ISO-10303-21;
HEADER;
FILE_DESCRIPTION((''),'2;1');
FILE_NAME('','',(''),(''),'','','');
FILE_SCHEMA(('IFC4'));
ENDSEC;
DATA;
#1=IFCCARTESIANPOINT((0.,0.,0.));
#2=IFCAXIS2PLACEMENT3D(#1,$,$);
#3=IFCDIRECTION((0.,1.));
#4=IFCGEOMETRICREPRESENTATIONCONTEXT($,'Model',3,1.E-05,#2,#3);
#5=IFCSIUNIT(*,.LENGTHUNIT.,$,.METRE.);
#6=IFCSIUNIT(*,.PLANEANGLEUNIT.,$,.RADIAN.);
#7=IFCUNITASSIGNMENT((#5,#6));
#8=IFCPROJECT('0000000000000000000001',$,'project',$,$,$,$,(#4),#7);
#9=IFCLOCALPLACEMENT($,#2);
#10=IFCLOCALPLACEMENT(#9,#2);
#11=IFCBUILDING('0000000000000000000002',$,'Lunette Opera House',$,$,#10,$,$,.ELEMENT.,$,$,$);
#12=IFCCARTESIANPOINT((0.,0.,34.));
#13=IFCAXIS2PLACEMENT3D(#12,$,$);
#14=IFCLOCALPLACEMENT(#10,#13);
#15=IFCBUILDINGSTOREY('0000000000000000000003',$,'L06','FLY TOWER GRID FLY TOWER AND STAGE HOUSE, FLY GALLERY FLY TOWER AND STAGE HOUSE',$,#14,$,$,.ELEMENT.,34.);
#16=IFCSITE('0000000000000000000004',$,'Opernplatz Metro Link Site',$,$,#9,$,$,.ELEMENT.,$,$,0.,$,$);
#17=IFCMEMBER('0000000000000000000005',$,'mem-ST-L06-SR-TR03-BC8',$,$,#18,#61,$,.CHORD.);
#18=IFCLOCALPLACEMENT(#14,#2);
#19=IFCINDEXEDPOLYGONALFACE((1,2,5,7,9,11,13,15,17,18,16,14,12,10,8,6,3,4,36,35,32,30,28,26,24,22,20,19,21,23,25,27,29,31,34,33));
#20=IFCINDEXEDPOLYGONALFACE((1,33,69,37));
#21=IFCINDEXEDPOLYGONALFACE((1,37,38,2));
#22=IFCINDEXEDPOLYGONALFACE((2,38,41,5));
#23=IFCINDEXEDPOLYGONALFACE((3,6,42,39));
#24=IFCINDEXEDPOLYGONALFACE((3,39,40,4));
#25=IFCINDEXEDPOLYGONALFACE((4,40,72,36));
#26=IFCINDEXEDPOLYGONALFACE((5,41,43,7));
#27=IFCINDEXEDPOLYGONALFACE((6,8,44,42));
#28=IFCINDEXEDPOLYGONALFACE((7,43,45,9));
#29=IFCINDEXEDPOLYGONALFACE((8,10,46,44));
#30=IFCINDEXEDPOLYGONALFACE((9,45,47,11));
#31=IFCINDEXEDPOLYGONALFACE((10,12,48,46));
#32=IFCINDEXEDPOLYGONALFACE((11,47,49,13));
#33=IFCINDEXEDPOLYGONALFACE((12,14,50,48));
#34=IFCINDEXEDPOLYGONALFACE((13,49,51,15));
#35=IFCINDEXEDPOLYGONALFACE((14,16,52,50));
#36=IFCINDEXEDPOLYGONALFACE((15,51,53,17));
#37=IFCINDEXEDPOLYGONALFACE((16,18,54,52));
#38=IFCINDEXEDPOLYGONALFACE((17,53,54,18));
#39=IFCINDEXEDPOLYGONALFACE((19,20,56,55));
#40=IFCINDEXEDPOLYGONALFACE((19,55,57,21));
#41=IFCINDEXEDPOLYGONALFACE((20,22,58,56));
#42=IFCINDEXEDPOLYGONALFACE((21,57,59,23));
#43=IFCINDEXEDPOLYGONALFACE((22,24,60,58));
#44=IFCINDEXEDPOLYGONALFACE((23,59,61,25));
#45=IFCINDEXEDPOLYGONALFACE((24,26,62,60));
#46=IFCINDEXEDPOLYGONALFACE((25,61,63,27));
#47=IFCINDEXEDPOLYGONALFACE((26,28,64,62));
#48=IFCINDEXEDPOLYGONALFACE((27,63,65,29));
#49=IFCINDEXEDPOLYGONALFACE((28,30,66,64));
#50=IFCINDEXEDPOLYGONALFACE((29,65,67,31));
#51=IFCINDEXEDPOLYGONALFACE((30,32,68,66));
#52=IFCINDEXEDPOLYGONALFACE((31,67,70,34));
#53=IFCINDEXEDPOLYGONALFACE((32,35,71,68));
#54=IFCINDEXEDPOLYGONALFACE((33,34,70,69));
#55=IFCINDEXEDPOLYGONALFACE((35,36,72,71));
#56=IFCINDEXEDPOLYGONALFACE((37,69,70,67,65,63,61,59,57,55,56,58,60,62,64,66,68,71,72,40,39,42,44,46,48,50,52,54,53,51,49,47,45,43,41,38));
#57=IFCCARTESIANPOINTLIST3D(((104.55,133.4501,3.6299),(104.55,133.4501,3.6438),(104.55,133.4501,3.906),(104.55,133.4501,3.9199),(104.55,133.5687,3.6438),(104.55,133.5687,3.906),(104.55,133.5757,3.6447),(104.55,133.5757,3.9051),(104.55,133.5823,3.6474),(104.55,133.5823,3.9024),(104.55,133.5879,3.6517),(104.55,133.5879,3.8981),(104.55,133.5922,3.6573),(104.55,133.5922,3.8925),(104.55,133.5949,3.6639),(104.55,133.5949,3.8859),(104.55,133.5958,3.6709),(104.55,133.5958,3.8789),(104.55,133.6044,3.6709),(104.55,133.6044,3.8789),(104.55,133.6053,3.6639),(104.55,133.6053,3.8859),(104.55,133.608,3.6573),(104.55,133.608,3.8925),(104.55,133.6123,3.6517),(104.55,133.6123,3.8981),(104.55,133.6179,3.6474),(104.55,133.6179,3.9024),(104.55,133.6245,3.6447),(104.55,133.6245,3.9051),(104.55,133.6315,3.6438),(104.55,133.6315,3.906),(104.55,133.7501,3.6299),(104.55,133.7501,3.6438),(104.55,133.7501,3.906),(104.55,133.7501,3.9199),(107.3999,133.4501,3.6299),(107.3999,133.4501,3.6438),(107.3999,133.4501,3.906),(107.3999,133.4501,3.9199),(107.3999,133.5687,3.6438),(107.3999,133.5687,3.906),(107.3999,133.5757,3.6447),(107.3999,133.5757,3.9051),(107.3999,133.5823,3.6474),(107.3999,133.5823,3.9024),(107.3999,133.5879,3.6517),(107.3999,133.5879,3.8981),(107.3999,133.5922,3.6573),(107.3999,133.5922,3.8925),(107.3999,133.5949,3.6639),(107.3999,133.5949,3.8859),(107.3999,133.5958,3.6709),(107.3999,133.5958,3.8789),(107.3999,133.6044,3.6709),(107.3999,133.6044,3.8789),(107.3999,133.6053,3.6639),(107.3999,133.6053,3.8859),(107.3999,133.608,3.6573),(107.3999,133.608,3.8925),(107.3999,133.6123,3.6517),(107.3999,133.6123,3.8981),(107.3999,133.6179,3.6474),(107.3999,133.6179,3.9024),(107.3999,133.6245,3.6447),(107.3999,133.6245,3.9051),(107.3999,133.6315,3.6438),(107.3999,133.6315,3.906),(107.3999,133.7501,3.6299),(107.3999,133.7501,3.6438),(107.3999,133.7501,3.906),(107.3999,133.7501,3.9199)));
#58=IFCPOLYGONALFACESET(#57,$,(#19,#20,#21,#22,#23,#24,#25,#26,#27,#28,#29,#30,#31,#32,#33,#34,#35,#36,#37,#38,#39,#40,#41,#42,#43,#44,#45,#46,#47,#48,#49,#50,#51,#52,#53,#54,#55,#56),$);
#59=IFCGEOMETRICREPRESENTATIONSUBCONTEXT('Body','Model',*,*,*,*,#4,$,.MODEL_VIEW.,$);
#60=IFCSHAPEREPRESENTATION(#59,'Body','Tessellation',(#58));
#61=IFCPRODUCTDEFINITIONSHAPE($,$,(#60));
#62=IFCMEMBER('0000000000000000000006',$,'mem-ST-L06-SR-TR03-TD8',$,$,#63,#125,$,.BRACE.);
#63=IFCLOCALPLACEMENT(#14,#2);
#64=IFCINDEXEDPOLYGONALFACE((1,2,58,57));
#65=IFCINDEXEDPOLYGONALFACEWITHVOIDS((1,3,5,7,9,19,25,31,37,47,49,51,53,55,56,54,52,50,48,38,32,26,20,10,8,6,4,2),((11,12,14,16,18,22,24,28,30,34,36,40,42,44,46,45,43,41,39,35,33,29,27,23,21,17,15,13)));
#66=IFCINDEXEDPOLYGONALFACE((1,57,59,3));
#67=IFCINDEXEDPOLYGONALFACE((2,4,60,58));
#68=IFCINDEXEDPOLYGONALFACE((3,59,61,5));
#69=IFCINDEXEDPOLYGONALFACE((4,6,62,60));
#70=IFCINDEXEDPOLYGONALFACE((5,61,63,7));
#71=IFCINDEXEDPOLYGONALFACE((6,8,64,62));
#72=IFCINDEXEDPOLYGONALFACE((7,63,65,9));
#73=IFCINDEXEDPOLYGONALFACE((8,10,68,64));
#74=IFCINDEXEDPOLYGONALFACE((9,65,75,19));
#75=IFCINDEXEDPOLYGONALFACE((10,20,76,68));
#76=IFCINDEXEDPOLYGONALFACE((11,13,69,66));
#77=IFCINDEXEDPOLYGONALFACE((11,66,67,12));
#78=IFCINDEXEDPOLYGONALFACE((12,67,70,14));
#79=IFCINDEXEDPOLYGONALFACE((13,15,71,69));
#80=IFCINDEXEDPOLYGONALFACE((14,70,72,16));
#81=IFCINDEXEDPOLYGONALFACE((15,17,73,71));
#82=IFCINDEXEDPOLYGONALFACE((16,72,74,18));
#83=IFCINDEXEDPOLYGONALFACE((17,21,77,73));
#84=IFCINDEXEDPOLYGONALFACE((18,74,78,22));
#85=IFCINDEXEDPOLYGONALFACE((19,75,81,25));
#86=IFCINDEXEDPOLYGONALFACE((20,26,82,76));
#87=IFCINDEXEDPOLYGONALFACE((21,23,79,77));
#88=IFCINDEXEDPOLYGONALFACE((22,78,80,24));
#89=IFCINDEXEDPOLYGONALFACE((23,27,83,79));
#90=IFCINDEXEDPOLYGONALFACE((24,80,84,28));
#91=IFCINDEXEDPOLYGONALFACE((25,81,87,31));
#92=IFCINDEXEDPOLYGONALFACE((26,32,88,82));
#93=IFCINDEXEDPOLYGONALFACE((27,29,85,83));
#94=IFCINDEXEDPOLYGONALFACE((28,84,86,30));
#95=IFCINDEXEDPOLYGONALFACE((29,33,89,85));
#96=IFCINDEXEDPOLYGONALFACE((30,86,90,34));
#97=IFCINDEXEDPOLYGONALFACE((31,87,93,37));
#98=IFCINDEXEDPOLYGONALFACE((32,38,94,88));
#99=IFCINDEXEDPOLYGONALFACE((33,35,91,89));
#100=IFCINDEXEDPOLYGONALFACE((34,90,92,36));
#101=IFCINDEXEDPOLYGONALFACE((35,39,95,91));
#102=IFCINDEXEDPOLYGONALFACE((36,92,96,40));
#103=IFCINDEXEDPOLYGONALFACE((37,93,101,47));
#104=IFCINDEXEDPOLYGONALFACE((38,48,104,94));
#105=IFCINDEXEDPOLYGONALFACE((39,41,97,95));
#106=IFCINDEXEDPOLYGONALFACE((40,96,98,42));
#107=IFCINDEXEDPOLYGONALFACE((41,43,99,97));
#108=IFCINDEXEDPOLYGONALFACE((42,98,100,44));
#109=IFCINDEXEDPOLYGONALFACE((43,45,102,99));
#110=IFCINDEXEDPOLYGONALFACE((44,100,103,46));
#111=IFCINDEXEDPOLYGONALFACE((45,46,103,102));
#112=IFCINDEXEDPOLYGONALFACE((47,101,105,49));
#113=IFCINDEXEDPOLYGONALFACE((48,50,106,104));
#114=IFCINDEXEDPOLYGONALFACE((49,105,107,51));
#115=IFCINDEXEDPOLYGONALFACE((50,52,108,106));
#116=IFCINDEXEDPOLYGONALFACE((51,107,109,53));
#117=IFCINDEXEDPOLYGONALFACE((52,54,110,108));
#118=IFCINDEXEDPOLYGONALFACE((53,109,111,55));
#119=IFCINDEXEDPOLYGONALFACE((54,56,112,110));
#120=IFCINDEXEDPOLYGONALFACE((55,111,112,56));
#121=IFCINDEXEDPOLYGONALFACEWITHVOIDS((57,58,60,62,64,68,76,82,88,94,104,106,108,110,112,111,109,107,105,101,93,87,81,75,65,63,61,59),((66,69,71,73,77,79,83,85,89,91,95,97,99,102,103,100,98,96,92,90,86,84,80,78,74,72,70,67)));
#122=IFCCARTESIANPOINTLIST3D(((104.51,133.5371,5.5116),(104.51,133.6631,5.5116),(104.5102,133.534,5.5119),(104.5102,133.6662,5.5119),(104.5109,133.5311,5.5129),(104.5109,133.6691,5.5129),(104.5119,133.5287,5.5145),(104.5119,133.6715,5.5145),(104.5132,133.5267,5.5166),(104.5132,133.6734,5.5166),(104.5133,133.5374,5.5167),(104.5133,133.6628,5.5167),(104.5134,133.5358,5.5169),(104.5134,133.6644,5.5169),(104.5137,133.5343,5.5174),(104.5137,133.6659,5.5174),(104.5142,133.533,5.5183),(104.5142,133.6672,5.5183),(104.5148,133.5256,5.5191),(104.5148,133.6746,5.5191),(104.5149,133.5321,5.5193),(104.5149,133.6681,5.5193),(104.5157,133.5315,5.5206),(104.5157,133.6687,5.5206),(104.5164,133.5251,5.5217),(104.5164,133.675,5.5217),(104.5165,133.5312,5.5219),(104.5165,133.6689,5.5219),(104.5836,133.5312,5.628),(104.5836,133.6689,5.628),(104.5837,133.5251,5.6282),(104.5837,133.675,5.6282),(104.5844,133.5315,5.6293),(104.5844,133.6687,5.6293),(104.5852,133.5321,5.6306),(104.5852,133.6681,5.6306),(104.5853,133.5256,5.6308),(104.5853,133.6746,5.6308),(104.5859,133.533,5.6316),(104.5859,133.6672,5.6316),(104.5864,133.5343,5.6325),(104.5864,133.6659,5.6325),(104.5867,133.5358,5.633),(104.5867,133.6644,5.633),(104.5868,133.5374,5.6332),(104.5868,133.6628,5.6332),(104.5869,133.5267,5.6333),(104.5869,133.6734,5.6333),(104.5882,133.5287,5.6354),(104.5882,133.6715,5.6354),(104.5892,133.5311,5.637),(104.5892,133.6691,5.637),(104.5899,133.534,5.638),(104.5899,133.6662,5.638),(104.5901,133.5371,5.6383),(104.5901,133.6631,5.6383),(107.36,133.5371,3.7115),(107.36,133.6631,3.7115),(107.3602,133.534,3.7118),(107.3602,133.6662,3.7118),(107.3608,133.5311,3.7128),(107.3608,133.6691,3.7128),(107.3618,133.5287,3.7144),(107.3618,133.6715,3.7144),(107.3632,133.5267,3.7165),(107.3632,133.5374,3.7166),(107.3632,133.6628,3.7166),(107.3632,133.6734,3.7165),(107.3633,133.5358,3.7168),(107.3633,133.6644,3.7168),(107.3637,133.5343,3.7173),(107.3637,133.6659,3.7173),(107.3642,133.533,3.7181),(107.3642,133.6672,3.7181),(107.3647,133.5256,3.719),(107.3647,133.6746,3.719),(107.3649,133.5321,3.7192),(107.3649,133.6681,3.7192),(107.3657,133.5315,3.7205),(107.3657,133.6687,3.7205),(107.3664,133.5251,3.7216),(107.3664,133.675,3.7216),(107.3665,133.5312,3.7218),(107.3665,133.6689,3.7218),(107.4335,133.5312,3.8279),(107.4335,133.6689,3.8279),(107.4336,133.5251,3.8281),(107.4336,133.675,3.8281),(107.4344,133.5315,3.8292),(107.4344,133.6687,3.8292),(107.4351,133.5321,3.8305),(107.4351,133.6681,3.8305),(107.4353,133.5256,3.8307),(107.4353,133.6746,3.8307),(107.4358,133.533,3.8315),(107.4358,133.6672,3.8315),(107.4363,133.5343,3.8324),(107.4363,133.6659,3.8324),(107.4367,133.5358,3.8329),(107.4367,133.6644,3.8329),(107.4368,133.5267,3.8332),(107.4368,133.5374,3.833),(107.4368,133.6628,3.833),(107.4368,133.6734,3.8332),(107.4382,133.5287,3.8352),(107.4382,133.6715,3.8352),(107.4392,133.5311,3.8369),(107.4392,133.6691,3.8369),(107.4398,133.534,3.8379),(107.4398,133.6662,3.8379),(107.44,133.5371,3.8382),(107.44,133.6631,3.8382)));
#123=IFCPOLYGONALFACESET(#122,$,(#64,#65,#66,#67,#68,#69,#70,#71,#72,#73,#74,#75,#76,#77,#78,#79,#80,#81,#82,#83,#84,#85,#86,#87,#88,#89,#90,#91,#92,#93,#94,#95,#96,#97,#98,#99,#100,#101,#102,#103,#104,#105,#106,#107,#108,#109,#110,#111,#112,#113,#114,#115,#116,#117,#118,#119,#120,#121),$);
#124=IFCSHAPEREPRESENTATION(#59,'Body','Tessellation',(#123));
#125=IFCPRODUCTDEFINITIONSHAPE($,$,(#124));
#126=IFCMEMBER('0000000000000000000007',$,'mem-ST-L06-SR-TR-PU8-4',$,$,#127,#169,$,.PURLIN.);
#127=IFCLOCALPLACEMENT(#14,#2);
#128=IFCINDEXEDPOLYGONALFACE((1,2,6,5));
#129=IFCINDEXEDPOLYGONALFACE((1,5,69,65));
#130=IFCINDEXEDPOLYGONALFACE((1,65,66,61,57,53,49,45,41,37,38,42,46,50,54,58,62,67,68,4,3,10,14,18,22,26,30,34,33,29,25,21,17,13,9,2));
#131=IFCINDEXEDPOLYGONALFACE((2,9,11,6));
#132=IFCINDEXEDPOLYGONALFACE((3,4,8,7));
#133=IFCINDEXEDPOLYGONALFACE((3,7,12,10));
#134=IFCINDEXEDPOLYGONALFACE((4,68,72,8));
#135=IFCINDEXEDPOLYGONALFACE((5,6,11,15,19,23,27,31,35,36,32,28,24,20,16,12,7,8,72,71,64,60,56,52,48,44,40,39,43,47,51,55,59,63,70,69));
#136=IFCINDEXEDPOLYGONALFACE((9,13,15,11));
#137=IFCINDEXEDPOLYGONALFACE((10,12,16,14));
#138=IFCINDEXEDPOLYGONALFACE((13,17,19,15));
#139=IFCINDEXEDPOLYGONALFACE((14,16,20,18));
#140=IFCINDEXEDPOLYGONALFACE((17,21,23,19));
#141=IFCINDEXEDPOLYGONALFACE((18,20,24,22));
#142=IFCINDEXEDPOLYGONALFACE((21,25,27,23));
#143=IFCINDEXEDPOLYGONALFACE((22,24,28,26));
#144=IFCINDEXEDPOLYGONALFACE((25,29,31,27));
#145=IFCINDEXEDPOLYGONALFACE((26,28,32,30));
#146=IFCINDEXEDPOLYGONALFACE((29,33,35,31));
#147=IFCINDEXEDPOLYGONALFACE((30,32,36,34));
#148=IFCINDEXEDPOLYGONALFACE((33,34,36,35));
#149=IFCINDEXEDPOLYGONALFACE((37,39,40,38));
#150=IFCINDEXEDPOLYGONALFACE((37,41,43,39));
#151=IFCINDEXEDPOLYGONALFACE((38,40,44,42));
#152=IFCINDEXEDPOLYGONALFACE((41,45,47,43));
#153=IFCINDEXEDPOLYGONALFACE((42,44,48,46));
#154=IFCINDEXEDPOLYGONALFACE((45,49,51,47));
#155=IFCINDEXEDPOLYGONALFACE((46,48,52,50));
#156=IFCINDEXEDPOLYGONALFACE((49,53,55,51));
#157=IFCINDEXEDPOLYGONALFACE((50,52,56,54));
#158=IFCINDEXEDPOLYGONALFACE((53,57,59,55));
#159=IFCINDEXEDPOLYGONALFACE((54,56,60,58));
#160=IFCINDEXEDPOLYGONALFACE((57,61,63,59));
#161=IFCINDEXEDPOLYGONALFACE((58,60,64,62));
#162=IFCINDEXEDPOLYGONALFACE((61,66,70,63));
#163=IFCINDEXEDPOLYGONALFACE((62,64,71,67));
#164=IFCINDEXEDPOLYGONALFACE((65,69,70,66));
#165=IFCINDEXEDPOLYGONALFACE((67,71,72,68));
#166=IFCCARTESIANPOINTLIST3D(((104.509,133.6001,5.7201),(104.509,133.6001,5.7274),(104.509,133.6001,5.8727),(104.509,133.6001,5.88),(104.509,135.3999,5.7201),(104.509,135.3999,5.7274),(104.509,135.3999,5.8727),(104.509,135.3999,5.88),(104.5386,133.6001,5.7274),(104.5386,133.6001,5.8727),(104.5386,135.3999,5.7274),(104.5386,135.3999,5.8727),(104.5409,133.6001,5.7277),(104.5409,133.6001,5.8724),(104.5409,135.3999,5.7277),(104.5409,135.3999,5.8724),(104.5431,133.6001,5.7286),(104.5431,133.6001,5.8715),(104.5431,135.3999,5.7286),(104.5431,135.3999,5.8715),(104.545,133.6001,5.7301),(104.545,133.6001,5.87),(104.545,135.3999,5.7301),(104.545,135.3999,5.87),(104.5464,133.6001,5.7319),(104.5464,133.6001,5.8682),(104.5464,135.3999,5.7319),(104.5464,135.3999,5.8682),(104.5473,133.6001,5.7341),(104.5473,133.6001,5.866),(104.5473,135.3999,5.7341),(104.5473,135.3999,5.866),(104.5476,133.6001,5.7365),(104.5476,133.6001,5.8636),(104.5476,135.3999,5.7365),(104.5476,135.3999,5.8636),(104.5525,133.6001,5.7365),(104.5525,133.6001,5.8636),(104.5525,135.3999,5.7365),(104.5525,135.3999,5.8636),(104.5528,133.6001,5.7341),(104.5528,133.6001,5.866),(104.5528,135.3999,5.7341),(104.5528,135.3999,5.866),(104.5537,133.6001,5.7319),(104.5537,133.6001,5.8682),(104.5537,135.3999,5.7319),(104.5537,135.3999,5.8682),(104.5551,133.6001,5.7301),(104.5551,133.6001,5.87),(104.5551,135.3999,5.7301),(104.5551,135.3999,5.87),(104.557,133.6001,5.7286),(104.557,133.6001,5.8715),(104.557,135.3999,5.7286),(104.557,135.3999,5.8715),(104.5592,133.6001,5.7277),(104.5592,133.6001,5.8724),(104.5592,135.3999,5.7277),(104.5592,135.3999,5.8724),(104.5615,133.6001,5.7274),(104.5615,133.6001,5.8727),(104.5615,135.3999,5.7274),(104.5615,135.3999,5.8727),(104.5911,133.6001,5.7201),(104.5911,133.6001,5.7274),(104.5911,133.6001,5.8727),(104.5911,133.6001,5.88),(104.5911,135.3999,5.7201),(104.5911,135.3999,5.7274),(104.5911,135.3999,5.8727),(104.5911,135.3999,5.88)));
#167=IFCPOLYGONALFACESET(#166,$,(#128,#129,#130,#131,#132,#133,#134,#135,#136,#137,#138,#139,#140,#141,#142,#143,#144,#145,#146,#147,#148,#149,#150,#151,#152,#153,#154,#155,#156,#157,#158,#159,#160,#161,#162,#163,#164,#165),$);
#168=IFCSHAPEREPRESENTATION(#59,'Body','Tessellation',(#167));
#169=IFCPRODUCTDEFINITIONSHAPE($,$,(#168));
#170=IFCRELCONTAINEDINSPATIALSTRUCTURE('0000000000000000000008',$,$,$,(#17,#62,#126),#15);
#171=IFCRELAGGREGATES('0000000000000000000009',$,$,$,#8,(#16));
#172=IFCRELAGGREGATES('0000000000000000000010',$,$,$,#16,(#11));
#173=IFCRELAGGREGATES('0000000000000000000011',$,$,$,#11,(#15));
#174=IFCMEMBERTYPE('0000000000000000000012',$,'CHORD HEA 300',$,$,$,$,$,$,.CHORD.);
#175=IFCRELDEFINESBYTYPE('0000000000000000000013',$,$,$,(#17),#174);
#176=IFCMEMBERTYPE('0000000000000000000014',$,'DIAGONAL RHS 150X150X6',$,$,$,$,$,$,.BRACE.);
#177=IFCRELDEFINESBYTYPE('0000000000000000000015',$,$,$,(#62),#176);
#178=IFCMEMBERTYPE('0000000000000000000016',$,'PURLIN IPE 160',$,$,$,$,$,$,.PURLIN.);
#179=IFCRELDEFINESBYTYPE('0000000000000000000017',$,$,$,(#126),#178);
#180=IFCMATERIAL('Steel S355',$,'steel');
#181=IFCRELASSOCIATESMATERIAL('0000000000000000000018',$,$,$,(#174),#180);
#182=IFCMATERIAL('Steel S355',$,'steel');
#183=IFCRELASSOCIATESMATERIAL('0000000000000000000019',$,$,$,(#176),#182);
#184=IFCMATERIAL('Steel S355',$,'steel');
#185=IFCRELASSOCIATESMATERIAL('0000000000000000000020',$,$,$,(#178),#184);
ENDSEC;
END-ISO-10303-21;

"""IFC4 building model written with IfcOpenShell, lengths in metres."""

from ifc_helpers import new_model, si_unit, direction, frame, origin, origin_2d, place, context, subcontext, project, spatial, hollow_rectangle, i_section, extrude, material, material_profile, profile_set, type_object, element, save


model = new_model("IFC4")

# Units and contexts
model_context = context("Model", 3, precision=1e-05, world=origin(), true_north=direction((0.0, 1.0)))
body_context = subcontext(model_context, "Body", "Model", "MODEL_VIEW")
ifc_project = project(units=[si_unit("LENGTHUNIT", "METRE"), si_unit("PLANEANGLEUNIT", "RADIAN")], contexts=[model_context])

# Site, building, storey
site_placement = place(None, origin())
site = spatial("IfcSite", under=ifc_project, at=site_placement, Name="Opernplatz Metro Link Site", CompositionType="ELEMENT", RefElevation=0.0)
building_placement = place(site_placement, origin())
building = spatial("IfcBuilding", under=site, at=building_placement, Name="Lunette Opera House", CompositionType="ELEMENT")
storey_placement = place(building_placement, frame((0.0, 0.0, 34.0)))
storey = spatial("IfcBuildingStorey", under=building, at=storey_placement, Name="L06", Description="FLY TOWER GRID FLY TOWER AND STAGE HOUSE, FLY GALLERY FLY TOWER AND STAGE HOUSE", CompositionType="ELEMENT", Elevation=34.0)

# Members
ifc_material_1 = material(Name="Steel S355", Category="steel")
ifc_material_profile_1 = material_profile(ifc_material_1, i_section(OverallWidth=0.3, OverallDepth=0.29, WebThickness=0.0085, FlangeThickness=0.0139, FilletRadius=0.0271, at=origin_2d()), Name="HEA 300")
ifc_profile_set_1 = profile_set([ifc_material_profile_1], Name="Steel S355")
member_type_1 = type_object("IfcMemberType", Name="CHORD HEA 300", PredefinedType="CHORD", material=ifc_profile_set_1)
for number, where, z_axis, x_axis, name in (
    (1, (104.55, 133.6001, 3.7749), (1.0, 0.0, 0.0), (0.0, 1.0, 0.0), "mem-ST-L06-SR-TR03-BC8"),
):
    element("IfcMember", number, at=place(storey_placement, frame(where, z_axis=z_axis, x_axis=x_axis)), inside=storey, type_object=member_type_1, Name=name, PredefinedType="CHORD", context=body_context, shape_type="SweptSolid", body=[
        extrude(i_section(OverallWidth=0.3, OverallDepth=0.29, WebThickness=0.0085, FlangeThickness=0.0139, FilletRadius=0.0271, at=origin_2d()), origin(), (0.0, 0.0, 1.0), 2.8499),
    ])
ifc_material_2 = material(Name="Steel S355", Category="steel")
ifc_material_profile_2 = material_profile(ifc_material_2, hollow_rectangle(XDim=0.1499, YDim=0.1499, WallThickness=0.0061, InnerFilletRadius=0.0061, OuterFilletRadius=0.012, at=origin_2d()), Name="RHS 150X150X6")
ifc_profile_set_2 = profile_set([ifc_material_profile_2], Name="Steel S355")
member_type_2 = type_object("IfcMemberType", Name="DIAGONAL RHS 150X150X6", PredefinedType="BRACE", material=ifc_profile_set_2)
member_1_placement = place(storey_placement, frame((104.55, 133.6001, 5.575), z_axis=(0.84547, 0.0, -0.534023), x_axis=(0.0, 1.0, 0.0)))
element("IfcMember", 2, at=member_1_placement, inside=storey, type_object=member_type_2, Name="mem-ST-L06-SR-TR03-TD8", PredefinedType="BRACE", context=body_context, shape_type="SweptSolid", body=[
    extrude(hollow_rectangle(XDim=0.1499, YDim=0.1499, WallThickness=0.0061, InnerFilletRadius=0.0061, OuterFilletRadius=0.012, at=origin_2d()), origin(), (0.0, 0.0, 1.0), 3.3708),
])
ifc_material_3 = material(Name="Steel S355", Category="steel")
ifc_material_profile_3 = material_profile(ifc_material_3, i_section(OverallWidth=0.082, OverallDepth=0.1599, WebThickness=0.0049, FlangeThickness=0.0073, FilletRadius=0.009, at=origin_2d()), Name="IPE 160")
ifc_profile_set_3 = profile_set([ifc_material_profile_3], Name="Steel S355")
member_type_3 = type_object("IfcMemberType", Name="PURLIN IPE 160", PredefinedType="PURLIN", material=ifc_profile_set_3)
member_2_placement = place(storey_placement, frame((104.55, 133.6001, 5.8), z_axis=(0.0, 1.0, 0.0), x_axis=(-1.0, 0.0, 0.0)))
element("IfcMember", 3, at=member_2_placement, inside=storey, type_object=member_type_3, Name="mem-ST-L06-SR-TR-PU8-4", PredefinedType="PURLIN", context=body_context, shape_type="SweptSolid", body=[
    extrude(i_section(OverallWidth=0.082, OverallDepth=0.1599, WebThickness=0.0049, FlangeThickness=0.0073, FilletRadius=0.009, at=origin_2d()), origin(), (0.0, 0.0, 1.0), 1.7998),
])

save(model, "model.ifc")
